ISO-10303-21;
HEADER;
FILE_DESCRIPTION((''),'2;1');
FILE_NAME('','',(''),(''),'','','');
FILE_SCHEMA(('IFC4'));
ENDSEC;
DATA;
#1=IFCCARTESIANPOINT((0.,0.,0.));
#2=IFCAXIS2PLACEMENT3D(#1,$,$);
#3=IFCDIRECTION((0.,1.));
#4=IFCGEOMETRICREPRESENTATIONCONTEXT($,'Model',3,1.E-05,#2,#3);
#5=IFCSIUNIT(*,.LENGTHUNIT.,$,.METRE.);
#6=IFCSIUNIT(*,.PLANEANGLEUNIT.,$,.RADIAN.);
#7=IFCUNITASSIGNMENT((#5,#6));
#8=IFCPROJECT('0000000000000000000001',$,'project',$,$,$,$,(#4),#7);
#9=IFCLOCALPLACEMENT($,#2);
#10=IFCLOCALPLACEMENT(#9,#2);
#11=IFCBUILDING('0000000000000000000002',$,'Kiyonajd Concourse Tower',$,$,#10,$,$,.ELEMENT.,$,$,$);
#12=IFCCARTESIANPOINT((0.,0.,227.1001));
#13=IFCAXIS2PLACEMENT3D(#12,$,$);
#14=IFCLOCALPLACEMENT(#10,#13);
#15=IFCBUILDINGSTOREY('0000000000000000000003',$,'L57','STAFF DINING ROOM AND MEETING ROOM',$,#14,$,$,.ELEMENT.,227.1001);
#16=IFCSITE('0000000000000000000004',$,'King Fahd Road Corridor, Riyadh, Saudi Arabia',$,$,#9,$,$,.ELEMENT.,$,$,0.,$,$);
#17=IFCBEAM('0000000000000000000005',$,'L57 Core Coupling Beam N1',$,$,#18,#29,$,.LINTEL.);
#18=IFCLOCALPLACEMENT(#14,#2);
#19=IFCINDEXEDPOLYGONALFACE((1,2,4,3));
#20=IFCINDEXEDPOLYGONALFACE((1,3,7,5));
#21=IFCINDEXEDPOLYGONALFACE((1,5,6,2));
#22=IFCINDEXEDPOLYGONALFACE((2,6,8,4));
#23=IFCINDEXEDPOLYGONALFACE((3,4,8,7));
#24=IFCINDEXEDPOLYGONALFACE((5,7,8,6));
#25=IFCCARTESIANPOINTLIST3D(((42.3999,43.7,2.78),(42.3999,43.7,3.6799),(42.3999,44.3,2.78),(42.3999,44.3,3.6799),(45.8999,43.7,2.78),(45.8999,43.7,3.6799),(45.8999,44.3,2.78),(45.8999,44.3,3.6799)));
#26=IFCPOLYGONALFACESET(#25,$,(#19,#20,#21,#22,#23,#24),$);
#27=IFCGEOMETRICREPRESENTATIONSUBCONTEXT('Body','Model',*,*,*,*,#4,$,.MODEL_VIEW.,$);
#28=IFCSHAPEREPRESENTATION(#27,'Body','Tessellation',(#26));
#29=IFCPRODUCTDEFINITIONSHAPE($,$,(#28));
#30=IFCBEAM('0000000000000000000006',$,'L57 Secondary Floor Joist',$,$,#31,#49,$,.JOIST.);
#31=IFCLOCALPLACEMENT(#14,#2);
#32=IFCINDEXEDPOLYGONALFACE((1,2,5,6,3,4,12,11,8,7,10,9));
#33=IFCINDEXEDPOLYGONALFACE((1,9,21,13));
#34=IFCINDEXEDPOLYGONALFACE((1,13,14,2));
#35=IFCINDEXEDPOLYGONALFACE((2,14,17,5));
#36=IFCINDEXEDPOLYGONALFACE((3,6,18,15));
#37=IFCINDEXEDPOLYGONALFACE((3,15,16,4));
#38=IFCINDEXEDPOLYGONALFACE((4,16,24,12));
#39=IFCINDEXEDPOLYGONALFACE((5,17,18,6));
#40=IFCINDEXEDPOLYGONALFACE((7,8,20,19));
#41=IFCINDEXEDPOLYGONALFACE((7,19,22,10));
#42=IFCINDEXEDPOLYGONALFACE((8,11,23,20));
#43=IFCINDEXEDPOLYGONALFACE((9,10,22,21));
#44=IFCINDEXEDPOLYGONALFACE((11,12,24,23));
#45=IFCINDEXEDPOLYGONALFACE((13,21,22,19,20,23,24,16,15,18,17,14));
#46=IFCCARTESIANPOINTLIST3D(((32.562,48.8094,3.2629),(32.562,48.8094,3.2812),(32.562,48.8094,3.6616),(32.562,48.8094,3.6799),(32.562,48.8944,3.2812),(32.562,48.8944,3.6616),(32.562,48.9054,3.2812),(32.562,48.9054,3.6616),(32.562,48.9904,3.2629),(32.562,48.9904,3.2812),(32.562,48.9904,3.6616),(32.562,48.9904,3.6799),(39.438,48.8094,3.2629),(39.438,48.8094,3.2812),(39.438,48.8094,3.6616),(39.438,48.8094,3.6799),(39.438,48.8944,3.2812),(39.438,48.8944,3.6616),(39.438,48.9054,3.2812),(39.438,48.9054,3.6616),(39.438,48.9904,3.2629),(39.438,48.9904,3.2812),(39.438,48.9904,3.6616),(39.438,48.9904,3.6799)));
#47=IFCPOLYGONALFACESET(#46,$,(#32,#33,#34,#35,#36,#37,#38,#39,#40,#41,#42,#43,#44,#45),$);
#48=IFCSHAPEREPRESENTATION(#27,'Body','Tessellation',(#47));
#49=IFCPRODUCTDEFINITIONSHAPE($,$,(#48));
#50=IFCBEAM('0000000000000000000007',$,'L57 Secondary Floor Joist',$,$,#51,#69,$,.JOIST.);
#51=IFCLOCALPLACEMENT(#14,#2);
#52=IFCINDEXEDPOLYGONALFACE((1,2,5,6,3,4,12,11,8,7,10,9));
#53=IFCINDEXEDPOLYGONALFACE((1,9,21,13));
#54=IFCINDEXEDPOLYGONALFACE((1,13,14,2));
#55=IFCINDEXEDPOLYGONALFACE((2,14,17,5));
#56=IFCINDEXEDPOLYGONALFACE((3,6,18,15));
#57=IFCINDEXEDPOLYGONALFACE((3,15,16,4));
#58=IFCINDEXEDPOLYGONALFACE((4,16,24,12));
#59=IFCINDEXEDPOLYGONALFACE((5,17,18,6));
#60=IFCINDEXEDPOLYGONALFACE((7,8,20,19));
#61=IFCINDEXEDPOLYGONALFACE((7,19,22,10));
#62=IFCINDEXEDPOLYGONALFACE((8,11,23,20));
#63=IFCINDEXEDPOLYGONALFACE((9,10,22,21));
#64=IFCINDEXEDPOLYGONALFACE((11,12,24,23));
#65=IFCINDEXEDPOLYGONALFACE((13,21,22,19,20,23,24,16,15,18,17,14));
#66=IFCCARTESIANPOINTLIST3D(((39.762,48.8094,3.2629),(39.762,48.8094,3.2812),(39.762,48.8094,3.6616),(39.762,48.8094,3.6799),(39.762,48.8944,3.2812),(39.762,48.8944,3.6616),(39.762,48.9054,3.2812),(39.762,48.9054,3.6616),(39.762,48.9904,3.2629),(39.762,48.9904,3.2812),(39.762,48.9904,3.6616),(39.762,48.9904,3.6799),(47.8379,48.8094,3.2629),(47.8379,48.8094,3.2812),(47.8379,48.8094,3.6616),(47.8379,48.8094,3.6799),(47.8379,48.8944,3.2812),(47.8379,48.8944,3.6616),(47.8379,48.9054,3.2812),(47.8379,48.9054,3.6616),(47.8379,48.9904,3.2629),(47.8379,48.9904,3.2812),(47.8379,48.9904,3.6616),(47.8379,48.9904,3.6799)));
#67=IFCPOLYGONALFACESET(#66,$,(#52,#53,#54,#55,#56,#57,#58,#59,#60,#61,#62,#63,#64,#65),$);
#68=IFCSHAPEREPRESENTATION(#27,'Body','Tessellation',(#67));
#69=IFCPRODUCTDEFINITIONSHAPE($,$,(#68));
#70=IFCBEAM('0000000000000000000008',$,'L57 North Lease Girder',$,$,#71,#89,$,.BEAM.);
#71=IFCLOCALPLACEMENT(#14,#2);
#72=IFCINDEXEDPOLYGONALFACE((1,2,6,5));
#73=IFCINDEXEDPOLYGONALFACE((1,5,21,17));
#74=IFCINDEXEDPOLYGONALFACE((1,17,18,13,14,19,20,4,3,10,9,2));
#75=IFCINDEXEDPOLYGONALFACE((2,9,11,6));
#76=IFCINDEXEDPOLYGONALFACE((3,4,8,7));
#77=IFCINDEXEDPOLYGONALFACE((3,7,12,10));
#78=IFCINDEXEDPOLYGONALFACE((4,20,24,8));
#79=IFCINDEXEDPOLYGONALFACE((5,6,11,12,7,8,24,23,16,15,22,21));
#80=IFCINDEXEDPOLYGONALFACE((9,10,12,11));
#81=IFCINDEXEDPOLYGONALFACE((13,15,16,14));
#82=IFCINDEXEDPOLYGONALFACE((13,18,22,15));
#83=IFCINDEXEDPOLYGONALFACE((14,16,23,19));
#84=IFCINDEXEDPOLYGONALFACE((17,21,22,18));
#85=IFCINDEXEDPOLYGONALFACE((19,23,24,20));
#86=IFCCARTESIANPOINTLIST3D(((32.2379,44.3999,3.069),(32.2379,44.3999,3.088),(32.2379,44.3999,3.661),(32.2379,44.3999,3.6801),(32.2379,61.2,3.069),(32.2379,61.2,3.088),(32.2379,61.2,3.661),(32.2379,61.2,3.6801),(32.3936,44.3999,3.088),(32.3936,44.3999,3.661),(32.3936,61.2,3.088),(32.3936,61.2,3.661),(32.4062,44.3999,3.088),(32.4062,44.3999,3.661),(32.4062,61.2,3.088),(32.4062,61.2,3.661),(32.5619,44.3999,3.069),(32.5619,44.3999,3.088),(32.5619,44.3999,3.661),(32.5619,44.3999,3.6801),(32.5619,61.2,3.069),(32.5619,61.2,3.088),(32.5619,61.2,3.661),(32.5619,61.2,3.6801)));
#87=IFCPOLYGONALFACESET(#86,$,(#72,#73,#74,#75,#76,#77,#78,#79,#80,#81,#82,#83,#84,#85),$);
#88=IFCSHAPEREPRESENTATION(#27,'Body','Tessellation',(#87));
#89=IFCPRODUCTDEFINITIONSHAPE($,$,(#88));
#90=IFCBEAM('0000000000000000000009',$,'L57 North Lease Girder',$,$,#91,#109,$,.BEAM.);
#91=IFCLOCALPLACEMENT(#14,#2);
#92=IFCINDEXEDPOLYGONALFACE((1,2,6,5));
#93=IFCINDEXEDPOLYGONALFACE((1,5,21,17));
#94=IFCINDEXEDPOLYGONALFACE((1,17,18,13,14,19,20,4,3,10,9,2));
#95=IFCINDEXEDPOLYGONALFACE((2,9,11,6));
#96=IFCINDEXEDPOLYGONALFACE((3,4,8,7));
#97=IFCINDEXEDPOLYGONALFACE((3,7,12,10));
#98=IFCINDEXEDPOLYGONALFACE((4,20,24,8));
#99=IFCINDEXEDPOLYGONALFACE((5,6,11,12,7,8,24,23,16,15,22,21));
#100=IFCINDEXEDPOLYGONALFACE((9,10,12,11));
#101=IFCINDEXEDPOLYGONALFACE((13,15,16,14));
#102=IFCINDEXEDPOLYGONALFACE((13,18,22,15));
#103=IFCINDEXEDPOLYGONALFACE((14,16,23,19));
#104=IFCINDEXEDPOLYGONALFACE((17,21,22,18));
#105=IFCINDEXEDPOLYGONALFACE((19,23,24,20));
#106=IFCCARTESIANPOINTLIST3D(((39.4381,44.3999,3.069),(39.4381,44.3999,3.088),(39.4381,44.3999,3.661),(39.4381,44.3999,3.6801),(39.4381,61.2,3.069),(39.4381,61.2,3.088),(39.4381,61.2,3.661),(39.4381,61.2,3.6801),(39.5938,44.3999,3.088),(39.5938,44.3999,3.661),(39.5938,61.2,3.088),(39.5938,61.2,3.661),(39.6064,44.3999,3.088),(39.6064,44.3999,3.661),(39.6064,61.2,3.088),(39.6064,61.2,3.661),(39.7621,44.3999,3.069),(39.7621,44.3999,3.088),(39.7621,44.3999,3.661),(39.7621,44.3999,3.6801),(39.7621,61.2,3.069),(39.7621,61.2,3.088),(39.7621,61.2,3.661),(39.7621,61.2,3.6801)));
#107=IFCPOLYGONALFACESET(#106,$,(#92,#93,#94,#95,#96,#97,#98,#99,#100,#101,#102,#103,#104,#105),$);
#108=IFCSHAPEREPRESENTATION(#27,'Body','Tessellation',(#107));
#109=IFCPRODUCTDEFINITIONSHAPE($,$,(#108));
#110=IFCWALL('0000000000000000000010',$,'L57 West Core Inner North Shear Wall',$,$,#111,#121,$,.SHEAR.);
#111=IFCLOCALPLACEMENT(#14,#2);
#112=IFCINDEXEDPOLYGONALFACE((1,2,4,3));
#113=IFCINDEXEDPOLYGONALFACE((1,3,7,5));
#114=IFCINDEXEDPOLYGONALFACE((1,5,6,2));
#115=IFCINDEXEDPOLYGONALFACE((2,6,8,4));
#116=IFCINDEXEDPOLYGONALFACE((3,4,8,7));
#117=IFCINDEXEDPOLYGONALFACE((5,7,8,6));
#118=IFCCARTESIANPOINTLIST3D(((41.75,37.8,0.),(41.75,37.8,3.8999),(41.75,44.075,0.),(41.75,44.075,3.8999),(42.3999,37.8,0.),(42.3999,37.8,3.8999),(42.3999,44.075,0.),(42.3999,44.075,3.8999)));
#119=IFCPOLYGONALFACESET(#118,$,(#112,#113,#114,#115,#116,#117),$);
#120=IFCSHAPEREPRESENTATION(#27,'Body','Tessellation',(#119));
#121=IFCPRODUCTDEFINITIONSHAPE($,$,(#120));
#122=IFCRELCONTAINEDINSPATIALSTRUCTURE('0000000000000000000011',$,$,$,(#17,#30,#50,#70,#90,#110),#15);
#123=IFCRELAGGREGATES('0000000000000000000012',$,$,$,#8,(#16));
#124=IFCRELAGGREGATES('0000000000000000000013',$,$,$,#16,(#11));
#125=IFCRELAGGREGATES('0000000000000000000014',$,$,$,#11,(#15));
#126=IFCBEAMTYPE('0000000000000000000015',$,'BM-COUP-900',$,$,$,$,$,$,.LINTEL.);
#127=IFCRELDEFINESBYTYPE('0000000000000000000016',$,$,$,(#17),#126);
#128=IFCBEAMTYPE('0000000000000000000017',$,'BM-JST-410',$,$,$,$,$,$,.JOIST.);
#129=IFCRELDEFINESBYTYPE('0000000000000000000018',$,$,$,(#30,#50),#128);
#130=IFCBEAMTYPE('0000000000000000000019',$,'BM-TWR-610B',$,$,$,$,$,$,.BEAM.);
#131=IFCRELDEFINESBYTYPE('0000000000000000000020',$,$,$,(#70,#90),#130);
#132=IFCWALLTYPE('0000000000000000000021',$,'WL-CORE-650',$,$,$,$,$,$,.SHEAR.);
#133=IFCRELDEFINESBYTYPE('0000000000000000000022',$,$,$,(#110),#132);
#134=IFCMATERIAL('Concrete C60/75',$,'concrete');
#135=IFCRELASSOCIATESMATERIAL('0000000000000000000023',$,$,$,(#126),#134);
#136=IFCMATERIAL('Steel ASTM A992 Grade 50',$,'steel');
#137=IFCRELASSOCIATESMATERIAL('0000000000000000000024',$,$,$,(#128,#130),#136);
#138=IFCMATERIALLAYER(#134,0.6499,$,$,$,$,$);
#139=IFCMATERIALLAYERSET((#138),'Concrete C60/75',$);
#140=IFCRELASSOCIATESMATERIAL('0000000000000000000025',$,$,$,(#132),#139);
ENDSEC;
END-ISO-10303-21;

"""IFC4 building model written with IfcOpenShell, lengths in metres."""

from ifc_helpers import new_model, si_unit, direction, frame, frame_2d, origin, origin_2d, place, context, subcontext, project, spatial, rectangle, i_section, extrude, material, layer, layer_set, material_profile, profile_set, type_object, element, save


model = new_model("IFC4")

# Units and contexts
model_context = context("Model", 3, precision=1e-05, world=origin(), true_north=direction((0.0, 1.0)))
body_context = subcontext(model_context, "Body", "Model", "MODEL_VIEW")
ifc_project = project(units=[si_unit("LENGTHUNIT", "METRE"), si_unit("PLANEANGLEUNIT", "RADIAN")], contexts=[model_context])

# Site, building, storey
site_placement = place(None, origin())
site = spatial("IfcSite", under=ifc_project, at=site_placement, Name="King Fahd Road Corridor, Riyadh, Saudi Arabia", CompositionType="ELEMENT", RefElevation=0.0)
building_placement = place(site_placement, origin())
building = spatial("IfcBuilding", under=site, at=building_placement, Name="Kiyonajd Concourse Tower", CompositionType="ELEMENT")
storey_placement = place(building_placement, frame((0.0, 0.0, 227.1001)))
storey = spatial("IfcBuildingStorey", under=building, at=storey_placement, Name="L57", Description="STAFF DINING ROOM AND MEETING ROOM", CompositionType="ELEMENT", Elevation=227.1001)

# Beams
ifc_material_1 = material(Name="Concrete C60/75", Category="concrete")
ifc_material_profile_1 = material_profile(ifc_material_1, rectangle(XDim=0.6001, YDim=0.8999, at=origin_2d()), Name="RCBM-600x900")
ifc_profile_set_1 = profile_set([ifc_material_profile_1], Name="Concrete C60/75")
beam_type_1 = type_object("IfcBeamType", Name="BM-COUP-900", PredefinedType="LINTEL", material=ifc_profile_set_1)
beam_1_placement = place(storey_placement, frame((42.3999, 44.0, 3.23), z_axis=(1.0, 0.0, 0.0), x_axis=(0.0, 1.0, 0.0)))
element("IfcBeam", 1, at=beam_1_placement, inside=storey, type_object=beam_type_1, Name="L57 Core Coupling Beam N1", PredefinedType="LINTEL", context=body_context, shape_type="SweptSolid", body=[
    extrude(rectangle(XDim=0.6001, YDim=0.8999, at=origin_2d()), origin(), (0.0, 0.0, 1.0), 3.5),
])
ifc_material_2 = material(Name="Steel ASTM A992 Grade 50", Category="steel")
ifc_material_profile_2 = material_profile(ifc_material_2, i_section(OverallWidth=0.1809, OverallDepth=0.417, WebThickness=0.011, FlangeThickness=0.0183, at=origin_2d()), Name="W410X85")
ifc_profile_set_2 = profile_set([ifc_material_profile_2], Name="Steel ASTM A992 Grade 50")
beam_type_2 = type_object("IfcBeamType", Name="BM-JST-410", PredefinedType="JOIST", material=ifc_profile_set_2)
beam_2_placement = place(storey_placement, frame((32.562, 48.8999, 3.4714), z_axis=(1.0, 0.0, 0.0), x_axis=(0.0, 1.0, 0.0)))
element("IfcBeam", 2, at=beam_2_placement, inside=storey, type_object=beam_type_2, Name="L57 Secondary Floor Joist", PredefinedType="JOIST", context=body_context, shape_type="SweptSolid", body=[
    extrude(i_section(OverallWidth=0.1809, OverallDepth=0.417, WebThickness=0.011, FlangeThickness=0.0183, at=origin_2d()), origin(), (0.0, 0.0, 1.0), 6.876),
])
beam_3_placement = place(storey_placement, frame((39.762, 48.8999, 3.4714), z_axis=(1.0, 0.0, 0.0), x_axis=(0.0, 1.0, 0.0)))
element("IfcBeam", 3, at=beam_3_placement, inside=storey, type_object=beam_type_2, Name="L57 Secondary Floor Joist", PredefinedType="JOIST", context=body_context, shape_type="SweptSolid", body=[
    extrude(i_section(OverallWidth=0.1809, OverallDepth=0.417, WebThickness=0.011, FlangeThickness=0.0183, at=origin_2d()), origin(), (0.0, 0.0, 1.0), 8.0759),
])
ifc_material_profile_3 = material_profile(ifc_material_2, i_section(OverallWidth=0.324, OverallDepth=0.6111, WebThickness=0.0127, FlangeThickness=0.019, at=origin_2d()), Name="W610X155")
ifc_profile_set_3 = profile_set([ifc_material_profile_3], Name="Steel ASTM A992 Grade 50")
beam_type_3 = type_object("IfcBeamType", Name="BM-TWR-610B", PredefinedType="BEAM", material=ifc_profile_set_3)
for number, where, z_axis, x_axis, name in (
    (4, (32.3999, 44.3999, 3.3745), (0.0, 1.0, 0.0), (-1.0, 0.0, 0.0), "L57 North Lease Girder"),
    (5, (39.6001, 44.3999, 3.3745), (0.0, 1.0, 0.0), (-1.0, 0.0, 0.0), "L57 North Lease Girder"),
):
    element("IfcBeam", number, at=place(storey_placement, frame(where, z_axis=z_axis, x_axis=x_axis)), inside=storey, type_object=beam_type_3, Name=name, PredefinedType="BEAM", context=body_context, shape_type="SweptSolid", body=[
        extrude(i_section(OverallWidth=0.324, OverallDepth=0.6111, WebThickness=0.0127, FlangeThickness=0.019, at=origin_2d()), origin(), (0.0, 0.0, 1.0), 16.8),
    ])

# Wall
ifc_layer_1 = layer(ifc_material_1, 0.6499)
ifc_layer_set_1 = layer_set([ifc_layer_1], Name="Concrete C60/75")
wall_type_1 = type_object("IfcWallType", Name="WL-CORE-650", PredefinedType="SHEAR", material=ifc_layer_set_1)
wall_1_placement = place(storey_placement, frame((42.075, 37.8, 0.0), z_axis=(0.0, 0.0, 1.0), x_axis=(0.0, 1.0, 0.0)))
element("IfcWall", 6, at=wall_1_placement, inside=storey, type_object=wall_type_1, Name="L57 West Core Inner North Shear Wall", PredefinedType="SHEAR", context=body_context, shape_type="SweptSolid", body=[
    extrude(rectangle(XDim=6.2749, YDim=0.6499, at=frame_2d((3.1375, 0.0))), origin(), (0.0, 0.0, 1.0), 3.8999),
])

save(model, "model.ifc")
